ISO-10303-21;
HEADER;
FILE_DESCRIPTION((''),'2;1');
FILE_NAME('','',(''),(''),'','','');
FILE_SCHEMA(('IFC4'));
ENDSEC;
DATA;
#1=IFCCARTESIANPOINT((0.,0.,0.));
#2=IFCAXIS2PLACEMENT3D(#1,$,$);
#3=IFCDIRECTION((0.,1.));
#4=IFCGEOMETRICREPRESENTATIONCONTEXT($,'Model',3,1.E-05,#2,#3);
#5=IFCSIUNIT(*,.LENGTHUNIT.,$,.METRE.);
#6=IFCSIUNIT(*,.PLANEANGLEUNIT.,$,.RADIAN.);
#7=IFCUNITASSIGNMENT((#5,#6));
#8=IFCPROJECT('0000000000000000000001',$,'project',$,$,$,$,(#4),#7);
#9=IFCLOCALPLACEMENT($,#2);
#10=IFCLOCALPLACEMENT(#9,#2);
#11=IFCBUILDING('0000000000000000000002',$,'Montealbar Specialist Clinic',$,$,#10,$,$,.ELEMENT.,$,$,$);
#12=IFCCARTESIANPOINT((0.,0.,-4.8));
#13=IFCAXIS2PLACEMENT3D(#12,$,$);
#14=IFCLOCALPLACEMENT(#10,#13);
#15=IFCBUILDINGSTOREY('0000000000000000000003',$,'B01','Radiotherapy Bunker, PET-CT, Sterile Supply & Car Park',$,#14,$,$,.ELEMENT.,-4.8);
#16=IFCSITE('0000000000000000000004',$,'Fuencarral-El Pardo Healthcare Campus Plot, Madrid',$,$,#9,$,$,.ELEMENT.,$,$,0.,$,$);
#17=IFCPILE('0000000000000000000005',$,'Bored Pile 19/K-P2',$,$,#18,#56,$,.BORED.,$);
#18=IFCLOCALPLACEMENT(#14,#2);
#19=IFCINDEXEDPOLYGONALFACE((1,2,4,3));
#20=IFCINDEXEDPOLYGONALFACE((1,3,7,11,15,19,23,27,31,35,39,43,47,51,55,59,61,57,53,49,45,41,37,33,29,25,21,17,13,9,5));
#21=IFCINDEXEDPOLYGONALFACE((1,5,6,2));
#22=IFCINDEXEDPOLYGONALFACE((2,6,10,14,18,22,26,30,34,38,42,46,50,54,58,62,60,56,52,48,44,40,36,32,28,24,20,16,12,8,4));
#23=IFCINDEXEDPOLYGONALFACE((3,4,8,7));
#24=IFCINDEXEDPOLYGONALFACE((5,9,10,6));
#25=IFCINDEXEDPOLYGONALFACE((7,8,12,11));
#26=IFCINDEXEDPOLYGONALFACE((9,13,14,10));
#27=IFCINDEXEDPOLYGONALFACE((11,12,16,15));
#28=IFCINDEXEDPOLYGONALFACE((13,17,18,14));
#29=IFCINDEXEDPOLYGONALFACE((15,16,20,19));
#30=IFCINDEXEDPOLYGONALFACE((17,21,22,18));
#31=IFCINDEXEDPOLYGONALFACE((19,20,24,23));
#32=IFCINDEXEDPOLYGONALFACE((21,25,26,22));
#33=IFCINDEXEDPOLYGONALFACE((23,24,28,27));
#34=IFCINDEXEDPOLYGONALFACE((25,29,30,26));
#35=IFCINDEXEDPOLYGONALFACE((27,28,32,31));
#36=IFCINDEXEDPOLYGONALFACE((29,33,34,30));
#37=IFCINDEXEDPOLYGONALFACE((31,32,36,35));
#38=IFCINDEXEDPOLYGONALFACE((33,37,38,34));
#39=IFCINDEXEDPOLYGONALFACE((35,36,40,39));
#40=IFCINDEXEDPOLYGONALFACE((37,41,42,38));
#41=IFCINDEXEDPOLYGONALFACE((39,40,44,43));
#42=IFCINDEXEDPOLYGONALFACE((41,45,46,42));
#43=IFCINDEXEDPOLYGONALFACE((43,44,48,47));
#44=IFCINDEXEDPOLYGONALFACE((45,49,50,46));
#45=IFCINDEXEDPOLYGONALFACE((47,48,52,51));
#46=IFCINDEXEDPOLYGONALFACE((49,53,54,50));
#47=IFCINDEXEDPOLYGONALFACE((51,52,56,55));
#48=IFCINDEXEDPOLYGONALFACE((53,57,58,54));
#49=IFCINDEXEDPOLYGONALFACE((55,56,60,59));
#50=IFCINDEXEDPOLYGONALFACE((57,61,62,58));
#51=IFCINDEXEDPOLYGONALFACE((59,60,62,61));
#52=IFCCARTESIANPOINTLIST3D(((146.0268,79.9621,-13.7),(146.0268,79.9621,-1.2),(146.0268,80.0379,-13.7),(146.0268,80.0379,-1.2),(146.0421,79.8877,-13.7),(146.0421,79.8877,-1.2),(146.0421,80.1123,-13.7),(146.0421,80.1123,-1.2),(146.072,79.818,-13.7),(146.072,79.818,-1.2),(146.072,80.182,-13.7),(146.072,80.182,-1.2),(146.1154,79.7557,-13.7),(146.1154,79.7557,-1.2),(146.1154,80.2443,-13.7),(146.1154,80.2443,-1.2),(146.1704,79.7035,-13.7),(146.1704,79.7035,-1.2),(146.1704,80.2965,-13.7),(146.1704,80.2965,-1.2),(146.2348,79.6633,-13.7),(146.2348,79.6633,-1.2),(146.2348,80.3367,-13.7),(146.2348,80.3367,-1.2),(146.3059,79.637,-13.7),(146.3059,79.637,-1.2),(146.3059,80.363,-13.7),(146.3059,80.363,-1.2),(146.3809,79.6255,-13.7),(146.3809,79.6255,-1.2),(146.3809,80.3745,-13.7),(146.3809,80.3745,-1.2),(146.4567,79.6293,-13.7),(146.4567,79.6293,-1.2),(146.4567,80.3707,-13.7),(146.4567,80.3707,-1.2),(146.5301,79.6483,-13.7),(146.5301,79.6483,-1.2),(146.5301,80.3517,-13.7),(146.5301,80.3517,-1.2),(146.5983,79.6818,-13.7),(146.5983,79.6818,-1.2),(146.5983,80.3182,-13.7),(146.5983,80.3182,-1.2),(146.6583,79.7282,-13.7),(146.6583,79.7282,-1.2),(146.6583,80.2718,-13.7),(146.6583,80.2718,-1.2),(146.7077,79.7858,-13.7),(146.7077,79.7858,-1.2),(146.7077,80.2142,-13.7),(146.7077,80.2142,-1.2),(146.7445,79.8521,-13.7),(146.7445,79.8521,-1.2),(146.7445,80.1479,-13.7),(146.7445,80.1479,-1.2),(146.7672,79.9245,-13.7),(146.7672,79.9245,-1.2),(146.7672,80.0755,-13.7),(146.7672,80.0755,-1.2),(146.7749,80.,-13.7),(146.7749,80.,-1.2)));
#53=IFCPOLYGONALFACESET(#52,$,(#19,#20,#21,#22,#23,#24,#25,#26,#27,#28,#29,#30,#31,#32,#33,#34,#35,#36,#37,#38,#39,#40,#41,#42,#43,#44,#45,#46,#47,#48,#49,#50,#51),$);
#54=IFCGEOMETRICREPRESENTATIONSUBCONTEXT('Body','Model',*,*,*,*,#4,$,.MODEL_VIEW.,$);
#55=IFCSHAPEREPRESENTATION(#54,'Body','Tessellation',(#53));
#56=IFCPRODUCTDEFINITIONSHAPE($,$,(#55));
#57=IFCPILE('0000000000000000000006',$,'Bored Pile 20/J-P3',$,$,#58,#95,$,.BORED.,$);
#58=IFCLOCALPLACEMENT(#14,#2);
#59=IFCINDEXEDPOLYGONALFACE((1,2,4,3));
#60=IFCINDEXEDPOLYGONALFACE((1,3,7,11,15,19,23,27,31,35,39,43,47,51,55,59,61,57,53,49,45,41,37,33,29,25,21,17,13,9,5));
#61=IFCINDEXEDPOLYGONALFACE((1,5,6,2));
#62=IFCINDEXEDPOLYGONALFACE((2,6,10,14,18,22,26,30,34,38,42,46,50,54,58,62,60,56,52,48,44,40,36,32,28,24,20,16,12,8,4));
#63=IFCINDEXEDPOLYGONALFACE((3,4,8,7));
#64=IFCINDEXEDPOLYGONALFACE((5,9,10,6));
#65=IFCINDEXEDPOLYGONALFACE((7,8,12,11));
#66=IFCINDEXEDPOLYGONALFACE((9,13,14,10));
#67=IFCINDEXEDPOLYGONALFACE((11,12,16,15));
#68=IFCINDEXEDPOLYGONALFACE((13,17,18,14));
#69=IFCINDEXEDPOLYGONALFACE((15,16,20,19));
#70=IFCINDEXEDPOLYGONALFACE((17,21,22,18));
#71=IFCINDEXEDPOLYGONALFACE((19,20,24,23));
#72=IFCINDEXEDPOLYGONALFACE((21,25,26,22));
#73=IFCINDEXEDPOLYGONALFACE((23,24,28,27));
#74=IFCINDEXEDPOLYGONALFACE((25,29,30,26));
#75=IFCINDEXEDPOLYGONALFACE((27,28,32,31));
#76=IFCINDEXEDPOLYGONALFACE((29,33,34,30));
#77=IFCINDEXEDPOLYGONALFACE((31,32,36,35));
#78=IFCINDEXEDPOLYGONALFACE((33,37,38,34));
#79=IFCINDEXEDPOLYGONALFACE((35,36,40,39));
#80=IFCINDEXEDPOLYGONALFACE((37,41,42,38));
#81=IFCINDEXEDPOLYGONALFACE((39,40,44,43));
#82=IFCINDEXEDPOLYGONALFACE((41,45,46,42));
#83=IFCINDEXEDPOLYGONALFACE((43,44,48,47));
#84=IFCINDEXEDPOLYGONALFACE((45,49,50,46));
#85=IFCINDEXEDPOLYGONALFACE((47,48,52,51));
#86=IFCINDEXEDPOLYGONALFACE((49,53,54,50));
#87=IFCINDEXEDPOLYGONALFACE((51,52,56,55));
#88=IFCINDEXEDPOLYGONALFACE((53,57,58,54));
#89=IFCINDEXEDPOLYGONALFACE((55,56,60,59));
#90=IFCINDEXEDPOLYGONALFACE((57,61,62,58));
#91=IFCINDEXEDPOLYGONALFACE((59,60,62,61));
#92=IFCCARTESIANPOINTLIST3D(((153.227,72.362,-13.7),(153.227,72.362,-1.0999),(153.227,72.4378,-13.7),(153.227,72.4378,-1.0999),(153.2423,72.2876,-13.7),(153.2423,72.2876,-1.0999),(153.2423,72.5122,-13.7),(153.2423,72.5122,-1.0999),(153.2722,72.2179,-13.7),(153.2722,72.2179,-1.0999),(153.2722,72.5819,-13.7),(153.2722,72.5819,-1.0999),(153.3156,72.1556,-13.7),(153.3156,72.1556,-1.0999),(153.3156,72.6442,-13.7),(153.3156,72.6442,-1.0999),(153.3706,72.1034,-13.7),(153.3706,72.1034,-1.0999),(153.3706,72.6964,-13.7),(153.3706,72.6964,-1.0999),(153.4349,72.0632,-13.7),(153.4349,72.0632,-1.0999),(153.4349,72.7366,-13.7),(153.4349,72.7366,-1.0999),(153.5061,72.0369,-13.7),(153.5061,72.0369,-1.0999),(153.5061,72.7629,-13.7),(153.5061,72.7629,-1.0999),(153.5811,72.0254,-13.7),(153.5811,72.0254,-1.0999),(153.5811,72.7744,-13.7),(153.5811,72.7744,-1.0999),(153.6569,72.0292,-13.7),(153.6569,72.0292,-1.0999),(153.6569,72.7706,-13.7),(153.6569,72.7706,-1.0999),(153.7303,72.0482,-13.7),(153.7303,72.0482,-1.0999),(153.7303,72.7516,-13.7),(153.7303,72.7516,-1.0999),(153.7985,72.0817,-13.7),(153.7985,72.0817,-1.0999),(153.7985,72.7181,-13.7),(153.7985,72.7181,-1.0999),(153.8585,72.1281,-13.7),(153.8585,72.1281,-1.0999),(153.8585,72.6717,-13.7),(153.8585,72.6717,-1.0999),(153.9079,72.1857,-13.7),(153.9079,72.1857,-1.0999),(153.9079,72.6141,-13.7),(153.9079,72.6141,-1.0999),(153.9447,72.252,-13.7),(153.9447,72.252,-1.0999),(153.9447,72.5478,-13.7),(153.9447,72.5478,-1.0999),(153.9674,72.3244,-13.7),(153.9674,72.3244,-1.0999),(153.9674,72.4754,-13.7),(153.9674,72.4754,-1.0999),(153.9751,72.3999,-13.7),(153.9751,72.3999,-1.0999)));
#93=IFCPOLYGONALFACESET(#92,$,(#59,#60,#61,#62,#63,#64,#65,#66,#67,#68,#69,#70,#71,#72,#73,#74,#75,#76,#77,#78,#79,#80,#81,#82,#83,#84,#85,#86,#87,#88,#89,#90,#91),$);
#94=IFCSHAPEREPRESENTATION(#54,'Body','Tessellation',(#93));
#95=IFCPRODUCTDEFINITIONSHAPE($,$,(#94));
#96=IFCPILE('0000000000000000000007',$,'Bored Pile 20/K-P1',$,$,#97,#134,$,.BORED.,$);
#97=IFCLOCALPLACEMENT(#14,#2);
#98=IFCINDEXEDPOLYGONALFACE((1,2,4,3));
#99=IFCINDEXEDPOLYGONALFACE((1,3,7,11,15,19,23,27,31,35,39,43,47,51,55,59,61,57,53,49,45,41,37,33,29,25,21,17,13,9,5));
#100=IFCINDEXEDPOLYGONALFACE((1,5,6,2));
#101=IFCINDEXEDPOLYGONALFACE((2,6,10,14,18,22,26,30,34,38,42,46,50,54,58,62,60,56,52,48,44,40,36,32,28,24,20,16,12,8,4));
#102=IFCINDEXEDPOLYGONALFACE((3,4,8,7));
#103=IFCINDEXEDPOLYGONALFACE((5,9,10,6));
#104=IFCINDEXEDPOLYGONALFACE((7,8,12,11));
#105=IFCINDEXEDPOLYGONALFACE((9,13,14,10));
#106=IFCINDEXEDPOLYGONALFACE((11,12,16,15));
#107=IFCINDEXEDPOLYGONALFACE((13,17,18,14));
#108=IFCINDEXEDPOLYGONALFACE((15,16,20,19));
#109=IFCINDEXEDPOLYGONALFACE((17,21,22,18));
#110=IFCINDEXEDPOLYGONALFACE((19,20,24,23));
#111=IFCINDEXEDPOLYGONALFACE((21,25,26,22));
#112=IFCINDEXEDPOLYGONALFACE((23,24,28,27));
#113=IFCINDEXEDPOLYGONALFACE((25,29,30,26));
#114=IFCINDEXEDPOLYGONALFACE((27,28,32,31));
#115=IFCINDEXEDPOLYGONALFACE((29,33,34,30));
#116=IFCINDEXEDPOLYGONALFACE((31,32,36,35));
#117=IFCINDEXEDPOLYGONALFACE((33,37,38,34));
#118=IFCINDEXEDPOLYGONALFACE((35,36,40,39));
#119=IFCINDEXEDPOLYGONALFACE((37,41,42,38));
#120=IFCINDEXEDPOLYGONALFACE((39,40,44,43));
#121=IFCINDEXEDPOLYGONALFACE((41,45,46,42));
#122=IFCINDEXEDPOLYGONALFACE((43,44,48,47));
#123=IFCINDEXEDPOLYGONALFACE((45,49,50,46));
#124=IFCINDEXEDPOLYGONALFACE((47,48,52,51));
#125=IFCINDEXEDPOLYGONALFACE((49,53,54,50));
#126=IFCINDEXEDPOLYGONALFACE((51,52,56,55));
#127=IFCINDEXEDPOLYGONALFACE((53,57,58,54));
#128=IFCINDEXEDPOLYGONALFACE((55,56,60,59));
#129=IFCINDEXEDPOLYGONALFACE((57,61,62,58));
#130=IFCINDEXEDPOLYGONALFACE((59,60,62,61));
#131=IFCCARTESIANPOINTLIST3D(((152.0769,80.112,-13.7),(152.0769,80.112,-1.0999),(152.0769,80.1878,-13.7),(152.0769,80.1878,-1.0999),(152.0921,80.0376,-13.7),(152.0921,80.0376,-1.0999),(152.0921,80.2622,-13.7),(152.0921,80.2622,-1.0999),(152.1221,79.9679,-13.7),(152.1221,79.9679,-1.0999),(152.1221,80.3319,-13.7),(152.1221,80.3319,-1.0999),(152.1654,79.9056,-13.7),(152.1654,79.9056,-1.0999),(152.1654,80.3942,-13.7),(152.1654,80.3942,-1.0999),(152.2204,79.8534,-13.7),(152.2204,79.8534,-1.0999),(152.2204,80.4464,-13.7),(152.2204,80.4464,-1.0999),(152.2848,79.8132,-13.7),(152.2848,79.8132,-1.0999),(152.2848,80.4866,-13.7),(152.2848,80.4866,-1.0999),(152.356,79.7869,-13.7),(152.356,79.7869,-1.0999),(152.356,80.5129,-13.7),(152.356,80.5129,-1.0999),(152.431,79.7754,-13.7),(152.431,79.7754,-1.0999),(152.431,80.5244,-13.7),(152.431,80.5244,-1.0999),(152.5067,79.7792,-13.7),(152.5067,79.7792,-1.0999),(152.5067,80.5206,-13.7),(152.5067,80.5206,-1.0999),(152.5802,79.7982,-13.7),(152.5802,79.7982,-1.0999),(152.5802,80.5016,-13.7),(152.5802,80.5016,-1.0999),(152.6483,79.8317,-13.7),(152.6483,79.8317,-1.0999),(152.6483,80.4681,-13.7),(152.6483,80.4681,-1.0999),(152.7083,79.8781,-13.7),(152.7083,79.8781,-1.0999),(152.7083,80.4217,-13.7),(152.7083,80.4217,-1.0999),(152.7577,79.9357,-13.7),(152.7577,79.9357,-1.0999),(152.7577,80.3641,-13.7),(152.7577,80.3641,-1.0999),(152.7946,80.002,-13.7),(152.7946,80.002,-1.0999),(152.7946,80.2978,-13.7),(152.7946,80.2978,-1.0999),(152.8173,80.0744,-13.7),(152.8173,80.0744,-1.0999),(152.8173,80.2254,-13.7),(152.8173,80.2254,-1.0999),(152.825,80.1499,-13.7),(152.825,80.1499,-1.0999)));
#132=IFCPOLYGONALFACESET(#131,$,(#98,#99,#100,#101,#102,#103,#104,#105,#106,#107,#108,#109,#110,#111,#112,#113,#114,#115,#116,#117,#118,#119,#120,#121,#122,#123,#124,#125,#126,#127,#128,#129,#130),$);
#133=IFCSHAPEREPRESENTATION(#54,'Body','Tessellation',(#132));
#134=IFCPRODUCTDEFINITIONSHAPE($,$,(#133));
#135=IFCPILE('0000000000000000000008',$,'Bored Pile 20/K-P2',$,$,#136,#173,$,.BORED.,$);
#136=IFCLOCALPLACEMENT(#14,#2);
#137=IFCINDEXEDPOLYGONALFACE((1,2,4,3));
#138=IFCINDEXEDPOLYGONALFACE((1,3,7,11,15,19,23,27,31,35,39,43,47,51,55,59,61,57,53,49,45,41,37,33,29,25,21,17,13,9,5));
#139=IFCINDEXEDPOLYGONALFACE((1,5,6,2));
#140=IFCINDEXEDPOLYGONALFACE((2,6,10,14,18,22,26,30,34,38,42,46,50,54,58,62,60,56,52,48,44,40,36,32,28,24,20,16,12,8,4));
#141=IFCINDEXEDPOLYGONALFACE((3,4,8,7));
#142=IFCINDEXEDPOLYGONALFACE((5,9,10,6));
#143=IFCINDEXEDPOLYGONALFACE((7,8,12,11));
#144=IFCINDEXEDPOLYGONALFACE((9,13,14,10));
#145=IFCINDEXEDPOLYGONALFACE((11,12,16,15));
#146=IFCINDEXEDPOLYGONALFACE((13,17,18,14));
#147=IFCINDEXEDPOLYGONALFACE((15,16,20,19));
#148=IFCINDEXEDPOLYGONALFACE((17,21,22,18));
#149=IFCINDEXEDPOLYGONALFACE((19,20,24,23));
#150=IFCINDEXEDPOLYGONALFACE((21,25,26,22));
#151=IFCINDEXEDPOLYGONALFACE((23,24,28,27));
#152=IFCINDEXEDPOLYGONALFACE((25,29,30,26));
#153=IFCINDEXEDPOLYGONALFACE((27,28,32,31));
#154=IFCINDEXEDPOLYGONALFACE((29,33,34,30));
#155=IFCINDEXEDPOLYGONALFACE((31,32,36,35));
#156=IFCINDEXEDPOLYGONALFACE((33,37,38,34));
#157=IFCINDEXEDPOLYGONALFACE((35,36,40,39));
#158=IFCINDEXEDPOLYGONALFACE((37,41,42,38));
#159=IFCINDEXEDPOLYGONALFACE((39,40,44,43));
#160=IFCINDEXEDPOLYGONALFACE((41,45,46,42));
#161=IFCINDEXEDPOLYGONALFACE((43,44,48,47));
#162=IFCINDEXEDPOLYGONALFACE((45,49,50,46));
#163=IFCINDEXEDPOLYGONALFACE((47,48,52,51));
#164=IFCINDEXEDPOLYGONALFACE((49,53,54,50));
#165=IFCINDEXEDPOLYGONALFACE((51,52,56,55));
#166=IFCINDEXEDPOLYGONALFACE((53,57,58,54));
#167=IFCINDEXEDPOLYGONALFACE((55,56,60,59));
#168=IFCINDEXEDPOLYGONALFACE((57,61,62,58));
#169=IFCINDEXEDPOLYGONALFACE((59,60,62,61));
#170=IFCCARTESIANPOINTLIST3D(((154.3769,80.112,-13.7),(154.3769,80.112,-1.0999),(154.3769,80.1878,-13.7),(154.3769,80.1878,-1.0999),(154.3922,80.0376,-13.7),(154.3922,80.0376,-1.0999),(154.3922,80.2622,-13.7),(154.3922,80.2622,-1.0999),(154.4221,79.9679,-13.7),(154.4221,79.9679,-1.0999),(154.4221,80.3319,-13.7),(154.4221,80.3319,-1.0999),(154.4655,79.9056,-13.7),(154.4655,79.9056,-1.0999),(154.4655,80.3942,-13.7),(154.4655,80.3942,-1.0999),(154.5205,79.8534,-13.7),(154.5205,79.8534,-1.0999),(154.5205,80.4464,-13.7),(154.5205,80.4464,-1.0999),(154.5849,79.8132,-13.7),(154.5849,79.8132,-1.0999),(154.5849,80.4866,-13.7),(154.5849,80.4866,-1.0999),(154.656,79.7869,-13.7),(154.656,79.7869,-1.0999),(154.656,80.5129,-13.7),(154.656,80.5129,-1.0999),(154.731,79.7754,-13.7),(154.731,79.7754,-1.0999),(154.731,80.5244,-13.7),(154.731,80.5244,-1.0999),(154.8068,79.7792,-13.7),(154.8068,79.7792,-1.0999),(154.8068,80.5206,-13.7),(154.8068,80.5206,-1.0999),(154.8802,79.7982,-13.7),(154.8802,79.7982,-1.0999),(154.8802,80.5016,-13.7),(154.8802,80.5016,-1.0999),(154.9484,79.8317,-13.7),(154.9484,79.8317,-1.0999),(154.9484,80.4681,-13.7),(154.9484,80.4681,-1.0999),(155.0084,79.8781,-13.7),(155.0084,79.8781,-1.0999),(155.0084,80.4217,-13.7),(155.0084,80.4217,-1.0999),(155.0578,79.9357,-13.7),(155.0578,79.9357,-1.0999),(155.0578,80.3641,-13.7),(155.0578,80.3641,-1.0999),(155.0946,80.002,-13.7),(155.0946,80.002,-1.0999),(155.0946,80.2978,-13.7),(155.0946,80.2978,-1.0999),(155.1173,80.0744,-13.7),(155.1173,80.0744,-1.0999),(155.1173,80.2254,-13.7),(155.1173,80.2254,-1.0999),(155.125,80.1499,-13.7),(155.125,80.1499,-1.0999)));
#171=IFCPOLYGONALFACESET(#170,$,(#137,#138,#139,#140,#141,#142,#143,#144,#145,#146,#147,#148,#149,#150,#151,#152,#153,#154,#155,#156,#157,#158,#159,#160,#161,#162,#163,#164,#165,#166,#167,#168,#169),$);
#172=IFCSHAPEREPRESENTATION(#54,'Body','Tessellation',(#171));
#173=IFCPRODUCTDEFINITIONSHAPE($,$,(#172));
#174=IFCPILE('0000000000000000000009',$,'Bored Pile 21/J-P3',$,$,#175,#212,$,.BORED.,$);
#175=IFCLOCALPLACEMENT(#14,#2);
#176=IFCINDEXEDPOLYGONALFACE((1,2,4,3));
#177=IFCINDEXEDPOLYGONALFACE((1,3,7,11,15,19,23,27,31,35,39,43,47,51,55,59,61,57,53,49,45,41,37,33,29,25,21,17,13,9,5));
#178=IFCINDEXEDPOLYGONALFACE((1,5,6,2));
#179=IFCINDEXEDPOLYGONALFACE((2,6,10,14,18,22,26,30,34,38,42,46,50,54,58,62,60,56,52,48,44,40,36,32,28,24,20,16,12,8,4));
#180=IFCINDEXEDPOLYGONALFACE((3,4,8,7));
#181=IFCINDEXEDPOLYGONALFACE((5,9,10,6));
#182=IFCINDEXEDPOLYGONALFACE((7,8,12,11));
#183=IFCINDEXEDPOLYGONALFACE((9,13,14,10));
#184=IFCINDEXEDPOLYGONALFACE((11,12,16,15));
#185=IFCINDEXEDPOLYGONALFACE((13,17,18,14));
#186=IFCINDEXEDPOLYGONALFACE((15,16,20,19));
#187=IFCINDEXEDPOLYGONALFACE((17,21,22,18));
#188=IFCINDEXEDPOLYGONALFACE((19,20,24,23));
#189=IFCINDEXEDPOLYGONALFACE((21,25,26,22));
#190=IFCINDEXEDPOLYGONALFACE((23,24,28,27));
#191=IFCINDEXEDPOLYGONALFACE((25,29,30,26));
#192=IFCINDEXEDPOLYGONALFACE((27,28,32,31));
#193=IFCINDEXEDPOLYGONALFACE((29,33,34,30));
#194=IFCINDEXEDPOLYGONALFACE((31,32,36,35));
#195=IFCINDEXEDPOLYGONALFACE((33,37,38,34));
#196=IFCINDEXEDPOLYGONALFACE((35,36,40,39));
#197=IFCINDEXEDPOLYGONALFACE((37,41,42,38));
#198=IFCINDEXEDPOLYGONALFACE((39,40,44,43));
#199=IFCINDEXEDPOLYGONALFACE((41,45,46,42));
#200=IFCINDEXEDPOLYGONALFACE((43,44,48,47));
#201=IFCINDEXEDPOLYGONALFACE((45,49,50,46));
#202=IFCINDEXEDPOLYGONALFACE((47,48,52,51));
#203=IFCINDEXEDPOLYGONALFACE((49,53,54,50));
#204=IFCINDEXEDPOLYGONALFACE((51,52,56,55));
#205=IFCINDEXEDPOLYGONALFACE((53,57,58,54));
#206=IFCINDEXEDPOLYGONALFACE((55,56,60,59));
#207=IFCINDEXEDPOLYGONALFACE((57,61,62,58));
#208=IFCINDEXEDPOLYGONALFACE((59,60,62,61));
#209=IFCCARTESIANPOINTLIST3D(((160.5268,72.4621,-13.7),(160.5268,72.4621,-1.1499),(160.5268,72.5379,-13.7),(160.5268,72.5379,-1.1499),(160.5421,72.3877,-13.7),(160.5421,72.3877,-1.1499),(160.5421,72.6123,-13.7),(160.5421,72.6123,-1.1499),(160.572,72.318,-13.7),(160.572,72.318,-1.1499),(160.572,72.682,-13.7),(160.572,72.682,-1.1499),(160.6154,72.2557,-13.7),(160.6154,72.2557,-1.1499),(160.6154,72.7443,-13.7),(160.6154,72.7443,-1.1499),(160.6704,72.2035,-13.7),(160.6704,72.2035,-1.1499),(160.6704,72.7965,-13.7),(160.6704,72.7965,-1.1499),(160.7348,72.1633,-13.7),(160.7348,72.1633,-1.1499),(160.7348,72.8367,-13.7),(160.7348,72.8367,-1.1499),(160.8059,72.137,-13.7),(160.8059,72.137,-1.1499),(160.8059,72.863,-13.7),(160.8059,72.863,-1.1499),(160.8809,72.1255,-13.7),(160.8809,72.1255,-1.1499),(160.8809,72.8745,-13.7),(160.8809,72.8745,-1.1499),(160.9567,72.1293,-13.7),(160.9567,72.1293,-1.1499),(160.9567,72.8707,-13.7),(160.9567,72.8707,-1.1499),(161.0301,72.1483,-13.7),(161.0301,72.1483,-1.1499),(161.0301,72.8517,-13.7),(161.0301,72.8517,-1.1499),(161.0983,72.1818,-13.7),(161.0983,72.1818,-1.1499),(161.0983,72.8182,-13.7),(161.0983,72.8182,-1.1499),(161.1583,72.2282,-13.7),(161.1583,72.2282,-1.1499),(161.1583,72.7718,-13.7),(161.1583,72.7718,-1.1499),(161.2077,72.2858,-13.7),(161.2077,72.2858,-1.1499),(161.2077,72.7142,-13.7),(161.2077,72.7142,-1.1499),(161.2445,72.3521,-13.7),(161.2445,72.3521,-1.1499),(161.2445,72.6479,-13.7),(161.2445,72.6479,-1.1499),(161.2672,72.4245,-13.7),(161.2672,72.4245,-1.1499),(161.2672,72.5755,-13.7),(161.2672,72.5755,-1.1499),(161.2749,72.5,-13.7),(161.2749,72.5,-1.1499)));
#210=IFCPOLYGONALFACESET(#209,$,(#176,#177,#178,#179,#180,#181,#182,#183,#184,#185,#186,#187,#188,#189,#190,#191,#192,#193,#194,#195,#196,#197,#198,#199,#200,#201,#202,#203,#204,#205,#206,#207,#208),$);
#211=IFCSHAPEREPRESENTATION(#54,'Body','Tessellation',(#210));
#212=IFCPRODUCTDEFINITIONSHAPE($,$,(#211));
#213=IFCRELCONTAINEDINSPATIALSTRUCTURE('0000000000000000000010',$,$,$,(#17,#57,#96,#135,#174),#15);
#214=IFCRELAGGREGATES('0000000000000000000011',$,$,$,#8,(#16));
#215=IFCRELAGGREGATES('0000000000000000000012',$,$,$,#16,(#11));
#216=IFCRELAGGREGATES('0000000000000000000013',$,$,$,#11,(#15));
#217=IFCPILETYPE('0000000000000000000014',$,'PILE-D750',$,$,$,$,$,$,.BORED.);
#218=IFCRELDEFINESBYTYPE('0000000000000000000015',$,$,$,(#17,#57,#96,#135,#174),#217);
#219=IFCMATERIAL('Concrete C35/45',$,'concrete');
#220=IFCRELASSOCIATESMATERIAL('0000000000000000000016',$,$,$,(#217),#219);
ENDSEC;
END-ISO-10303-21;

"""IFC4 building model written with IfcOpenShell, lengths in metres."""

from ifc_helpers import new_model, si_unit, direction, frame, origin, origin_2d, place, context, subcontext, project, spatial, circle, extrude, material, material_profile, profile_set, type_object, element, save


model = new_model("IFC4")

# Units and contexts
model_context = context("Model", 3, precision=1e-05, world=origin(), true_north=direction((0.0, 1.0)))
body_context = subcontext(model_context, "Body", "Model", "MODEL_VIEW")
ifc_project = project(units=[si_unit("LENGTHUNIT", "METRE"), si_unit("PLANEANGLEUNIT", "RADIAN")], contexts=[model_context])

# Site, building, storey
site_placement = place(None, origin())
site = spatial("IfcSite", under=ifc_project, at=site_placement, Name="Fuencarral-El Pardo Healthcare Campus Plot, Madrid", CompositionType="ELEMENT", RefElevation=0.0)
building_placement = place(site_placement, origin())
building = spatial("IfcBuilding", under=site, at=building_placement, Name="Montealbar Specialist Clinic", CompositionType="ELEMENT")
storey_placement = place(building_placement, frame((0.0, 0.0, -4.8)))
storey = spatial("IfcBuildingStorey", under=building, at=storey_placement, Name="B01", Description="Radiotherapy Bunker, PET-CT, Sterile Supply & Car Park", CompositionType="ELEMENT", Elevation=-4.8)

# Shared definitions
ifc_material_1 = material(Name="Concrete C35/45", Category="concrete")

# Piles
ifc_material_profile_1 = material_profile(ifc_material_1, circle(Radius=0.375, at=origin_2d()), Name="PILE D750", Category="concrete")
ifc_profile_set_1 = profile_set([ifc_material_profile_1], Name="Concrete C35/45")
pile_type = type_object("IfcPileType", Name="PILE-D750", PredefinedType="BORED", material=ifc_profile_set_1)
for number, where, z_axis, x_axis, name in (
    (1, (146.3999, 80.0, -1.2), (0.0, 0.0, -1.0), (1.0, 0.0, 0.0), "Bored Pile 19/K-P2"),
):
    element("IfcPile", number, at=place(storey_placement, frame(where, z_axis=z_axis, x_axis=x_axis)), inside=storey, type_object=pile_type, Name=name, PredefinedType="BORED", context=body_context, shape_type="SweptSolid", body=[
        extrude(circle(Radius=0.375, at=origin_2d()), origin(), (0.0, 0.0, 1.0), 12.5),
    ])
for number, where, z_axis, x_axis, name in (
    (2, (153.6001, 72.3999, -1.0999), (0.0, 0.0, -1.0), (1.0, 0.0, 0.0), "Bored Pile 20/J-P3"),
    (3, (152.45, 80.1499, -1.0999), (0.0, 0.0, -1.0), (1.0, 0.0, 0.0), "Bored Pile 20/K-P1"),
    (4, (154.75, 80.1499, -1.0999), (0.0, 0.0, -1.0), (1.0, 0.0, 0.0), "Bored Pile 20/K-P2"),
):
    element("IfcPile", number, at=place(storey_placement, frame(where, z_axis=z_axis, x_axis=x_axis)), inside=storey, type_object=pile_type, Name=name, PredefinedType="BORED", context=body_context, shape_type="SweptSolid", body=[
        extrude(circle(Radius=0.375, at=origin_2d()), origin(), (0.0, 0.0, 1.0), 12.6001),
    ])
for number, where, z_axis, x_axis, name in (
    (5, (160.8999, 72.5, -1.1499), (0.0, 0.0, -1.0), (1.0, 0.0, 0.0), "Bored Pile 21/J-P3"),
):
    element("IfcPile", number, at=place(storey_placement, frame(where, z_axis=z_axis, x_axis=x_axis)), inside=storey, type_object=pile_type, Name=name, PredefinedType="BORED", context=body_context, shape_type="SweptSolid", body=[
        extrude(circle(Radius=0.375, at=origin_2d()), origin(), (0.0, 0.0, 1.0), 12.55),
    ])

save(model, "model.ifc")
